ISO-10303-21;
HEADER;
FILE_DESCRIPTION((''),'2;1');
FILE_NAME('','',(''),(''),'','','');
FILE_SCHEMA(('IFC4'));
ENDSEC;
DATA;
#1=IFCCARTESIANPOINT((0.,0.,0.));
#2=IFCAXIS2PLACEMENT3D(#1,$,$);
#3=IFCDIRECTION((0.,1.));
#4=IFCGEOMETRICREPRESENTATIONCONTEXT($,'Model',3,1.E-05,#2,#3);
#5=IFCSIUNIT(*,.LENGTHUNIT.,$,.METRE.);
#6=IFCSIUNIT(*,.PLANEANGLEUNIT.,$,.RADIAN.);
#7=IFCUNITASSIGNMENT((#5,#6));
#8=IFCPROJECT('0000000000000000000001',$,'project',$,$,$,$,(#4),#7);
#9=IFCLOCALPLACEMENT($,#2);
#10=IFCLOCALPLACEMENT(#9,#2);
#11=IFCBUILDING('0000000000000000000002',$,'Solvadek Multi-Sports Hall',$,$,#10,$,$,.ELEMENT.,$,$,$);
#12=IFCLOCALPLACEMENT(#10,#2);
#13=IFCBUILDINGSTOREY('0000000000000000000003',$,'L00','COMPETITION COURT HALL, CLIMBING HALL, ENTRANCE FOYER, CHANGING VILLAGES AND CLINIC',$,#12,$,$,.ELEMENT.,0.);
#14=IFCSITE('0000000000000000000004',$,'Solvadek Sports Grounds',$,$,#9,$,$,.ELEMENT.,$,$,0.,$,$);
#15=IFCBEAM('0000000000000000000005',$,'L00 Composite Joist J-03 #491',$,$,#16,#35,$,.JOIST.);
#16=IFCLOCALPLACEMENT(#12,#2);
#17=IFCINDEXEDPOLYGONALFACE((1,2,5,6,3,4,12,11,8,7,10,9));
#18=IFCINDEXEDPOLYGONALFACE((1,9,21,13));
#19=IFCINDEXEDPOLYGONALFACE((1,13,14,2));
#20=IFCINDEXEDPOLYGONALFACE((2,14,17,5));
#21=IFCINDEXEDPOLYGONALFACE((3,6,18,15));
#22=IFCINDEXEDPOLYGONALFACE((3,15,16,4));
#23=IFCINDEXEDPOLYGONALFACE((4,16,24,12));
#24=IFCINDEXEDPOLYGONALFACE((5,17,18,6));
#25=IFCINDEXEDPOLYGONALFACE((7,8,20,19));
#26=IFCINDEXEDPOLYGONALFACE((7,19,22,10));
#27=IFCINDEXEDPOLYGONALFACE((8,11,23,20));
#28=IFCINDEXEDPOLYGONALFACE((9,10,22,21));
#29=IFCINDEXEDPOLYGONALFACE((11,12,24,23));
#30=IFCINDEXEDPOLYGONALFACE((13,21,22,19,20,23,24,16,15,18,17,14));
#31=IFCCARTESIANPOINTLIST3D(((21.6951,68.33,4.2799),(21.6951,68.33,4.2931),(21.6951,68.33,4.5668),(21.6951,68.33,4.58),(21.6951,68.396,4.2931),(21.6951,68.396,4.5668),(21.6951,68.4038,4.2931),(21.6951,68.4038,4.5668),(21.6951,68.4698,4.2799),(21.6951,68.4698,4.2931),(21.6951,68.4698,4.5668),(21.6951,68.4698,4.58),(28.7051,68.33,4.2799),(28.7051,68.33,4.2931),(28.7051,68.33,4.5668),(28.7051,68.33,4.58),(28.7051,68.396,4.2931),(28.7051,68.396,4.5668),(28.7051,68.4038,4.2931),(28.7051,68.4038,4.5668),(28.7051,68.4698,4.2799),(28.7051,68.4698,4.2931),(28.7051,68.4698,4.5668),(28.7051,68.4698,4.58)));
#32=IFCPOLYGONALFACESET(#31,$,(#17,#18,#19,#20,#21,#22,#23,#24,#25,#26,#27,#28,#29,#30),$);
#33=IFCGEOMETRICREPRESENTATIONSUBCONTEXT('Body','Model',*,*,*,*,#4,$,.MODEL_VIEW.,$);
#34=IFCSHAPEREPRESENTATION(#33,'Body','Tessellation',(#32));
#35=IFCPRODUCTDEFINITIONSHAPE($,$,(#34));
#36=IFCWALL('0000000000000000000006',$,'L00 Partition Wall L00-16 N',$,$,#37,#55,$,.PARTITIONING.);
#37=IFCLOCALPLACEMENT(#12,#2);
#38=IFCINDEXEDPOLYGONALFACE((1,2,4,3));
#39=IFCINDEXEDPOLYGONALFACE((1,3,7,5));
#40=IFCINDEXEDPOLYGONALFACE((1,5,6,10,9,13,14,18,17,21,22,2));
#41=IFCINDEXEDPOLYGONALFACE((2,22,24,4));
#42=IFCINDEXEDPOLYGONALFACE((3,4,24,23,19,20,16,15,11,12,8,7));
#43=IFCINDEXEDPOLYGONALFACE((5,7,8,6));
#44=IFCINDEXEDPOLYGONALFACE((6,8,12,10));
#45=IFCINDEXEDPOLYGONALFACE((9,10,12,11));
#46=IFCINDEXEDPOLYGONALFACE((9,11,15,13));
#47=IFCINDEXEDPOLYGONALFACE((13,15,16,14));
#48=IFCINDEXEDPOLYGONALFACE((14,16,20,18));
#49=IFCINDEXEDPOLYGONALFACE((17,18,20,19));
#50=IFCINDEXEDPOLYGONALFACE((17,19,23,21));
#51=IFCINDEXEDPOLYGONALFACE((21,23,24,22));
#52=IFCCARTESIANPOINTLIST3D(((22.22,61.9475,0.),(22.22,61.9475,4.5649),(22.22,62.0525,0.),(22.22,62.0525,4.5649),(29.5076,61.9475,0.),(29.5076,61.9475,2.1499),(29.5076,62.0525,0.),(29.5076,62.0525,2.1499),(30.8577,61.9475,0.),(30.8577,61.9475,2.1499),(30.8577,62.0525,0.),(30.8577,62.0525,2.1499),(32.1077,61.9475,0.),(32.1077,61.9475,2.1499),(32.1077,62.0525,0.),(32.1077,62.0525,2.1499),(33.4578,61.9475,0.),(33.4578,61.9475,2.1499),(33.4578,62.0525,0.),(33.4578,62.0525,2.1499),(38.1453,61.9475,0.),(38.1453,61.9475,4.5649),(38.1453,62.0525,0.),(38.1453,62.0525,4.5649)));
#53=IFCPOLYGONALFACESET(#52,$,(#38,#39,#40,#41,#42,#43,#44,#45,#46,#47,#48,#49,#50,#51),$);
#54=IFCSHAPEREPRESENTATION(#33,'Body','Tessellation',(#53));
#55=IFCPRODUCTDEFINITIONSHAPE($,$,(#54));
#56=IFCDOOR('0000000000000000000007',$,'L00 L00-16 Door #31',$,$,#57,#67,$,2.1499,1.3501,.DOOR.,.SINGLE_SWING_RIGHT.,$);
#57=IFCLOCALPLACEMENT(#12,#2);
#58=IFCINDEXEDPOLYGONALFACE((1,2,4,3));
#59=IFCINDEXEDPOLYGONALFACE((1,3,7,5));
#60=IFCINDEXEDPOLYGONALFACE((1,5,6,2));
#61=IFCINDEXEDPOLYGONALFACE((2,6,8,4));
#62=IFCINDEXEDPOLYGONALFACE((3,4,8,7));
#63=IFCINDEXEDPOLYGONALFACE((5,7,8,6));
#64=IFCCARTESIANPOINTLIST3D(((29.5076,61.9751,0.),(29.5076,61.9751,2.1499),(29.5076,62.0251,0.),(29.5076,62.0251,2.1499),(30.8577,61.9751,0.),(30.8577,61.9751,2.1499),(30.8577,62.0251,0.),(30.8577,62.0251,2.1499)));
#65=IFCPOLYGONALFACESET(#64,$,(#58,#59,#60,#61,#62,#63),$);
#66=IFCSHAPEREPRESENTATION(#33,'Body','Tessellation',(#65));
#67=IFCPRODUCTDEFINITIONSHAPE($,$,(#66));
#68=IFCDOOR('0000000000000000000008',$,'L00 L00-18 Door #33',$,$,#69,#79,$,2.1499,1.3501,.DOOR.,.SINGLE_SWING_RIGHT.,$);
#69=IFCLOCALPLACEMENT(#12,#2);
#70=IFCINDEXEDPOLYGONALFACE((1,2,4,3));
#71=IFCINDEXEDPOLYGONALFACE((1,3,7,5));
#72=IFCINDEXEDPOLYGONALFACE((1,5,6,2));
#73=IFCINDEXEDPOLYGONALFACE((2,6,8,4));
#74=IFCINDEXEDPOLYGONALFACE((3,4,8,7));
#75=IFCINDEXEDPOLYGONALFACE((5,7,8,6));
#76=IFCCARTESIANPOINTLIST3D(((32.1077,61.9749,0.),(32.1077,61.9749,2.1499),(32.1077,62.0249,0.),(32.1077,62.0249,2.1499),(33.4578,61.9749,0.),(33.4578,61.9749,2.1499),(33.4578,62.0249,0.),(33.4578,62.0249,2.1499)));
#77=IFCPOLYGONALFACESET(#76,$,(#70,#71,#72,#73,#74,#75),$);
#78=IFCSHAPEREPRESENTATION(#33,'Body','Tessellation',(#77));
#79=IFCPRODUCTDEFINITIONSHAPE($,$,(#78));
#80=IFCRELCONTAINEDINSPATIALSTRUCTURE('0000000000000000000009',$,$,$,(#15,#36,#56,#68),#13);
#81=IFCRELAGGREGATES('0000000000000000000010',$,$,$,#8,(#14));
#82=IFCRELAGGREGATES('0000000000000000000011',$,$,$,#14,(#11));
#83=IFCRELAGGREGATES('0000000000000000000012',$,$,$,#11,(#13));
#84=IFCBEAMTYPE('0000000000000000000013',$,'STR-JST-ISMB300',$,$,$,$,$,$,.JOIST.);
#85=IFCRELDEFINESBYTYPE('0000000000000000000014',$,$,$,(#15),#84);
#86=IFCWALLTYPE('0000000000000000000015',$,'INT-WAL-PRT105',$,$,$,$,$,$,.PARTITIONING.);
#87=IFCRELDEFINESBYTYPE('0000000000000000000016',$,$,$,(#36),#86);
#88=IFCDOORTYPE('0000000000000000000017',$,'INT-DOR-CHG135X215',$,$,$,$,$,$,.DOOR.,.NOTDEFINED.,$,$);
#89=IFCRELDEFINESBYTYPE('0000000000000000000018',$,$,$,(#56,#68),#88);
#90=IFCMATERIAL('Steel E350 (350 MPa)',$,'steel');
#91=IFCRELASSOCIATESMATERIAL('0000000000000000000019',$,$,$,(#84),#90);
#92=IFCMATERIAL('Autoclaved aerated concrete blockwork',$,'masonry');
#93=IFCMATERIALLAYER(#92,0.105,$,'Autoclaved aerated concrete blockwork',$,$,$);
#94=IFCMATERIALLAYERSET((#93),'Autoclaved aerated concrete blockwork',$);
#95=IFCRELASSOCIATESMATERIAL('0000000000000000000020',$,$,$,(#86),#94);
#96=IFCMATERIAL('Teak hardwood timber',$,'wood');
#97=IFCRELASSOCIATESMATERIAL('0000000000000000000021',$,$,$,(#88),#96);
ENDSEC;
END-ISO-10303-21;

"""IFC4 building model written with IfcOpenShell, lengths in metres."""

from ifc_helpers import new_model, si_unit, direction, frame, frame_2d, origin, origin_2d, place, context, subcontext, project, spatial, rectangle, i_section, extrude, material, layer, layer_set, material_profile, profile_set, type_object, element, fill, save


model = new_model("IFC4")

# Units and contexts
model_context = context("Model", 3, precision=1e-05, world=origin(), true_north=direction((0.0, 1.0)))
body_context = subcontext(model_context, "Body", "Model", "MODEL_VIEW")
ifc_project = project(units=[si_unit("LENGTHUNIT", "METRE"), si_unit("PLANEANGLEUNIT", "RADIAN")], contexts=[model_context])

# Site, building, storey
site_placement = place(None, origin())
site = spatial("IfcSite", under=ifc_project, at=site_placement, Name="Solvadek Sports Grounds", CompositionType="ELEMENT", RefElevation=0.0)
building_placement = place(site_placement, origin())
building = spatial("IfcBuilding", under=site, at=building_placement, Name="Solvadek Multi-Sports Hall", CompositionType="ELEMENT")
storey_placement = place(building_placement, origin())
storey = spatial("IfcBuildingStorey", under=building, at=storey_placement, Name="L00", Description="COMPETITION COURT HALL, CLIMBING HALL, ENTRANCE FOYER, CHANGING VILLAGES AND CLINIC", CompositionType="ELEMENT", Elevation=0.0)

# Shared definitions
ifc_material_1 = material(Name="Steel E350 (350 MPa)", Category="steel")

# Beam
ifc_material_profile_1 = material_profile(ifc_material_1, i_section(OverallWidth=0.1399, OverallDepth=0.3, WebThickness=0.0078, FlangeThickness=0.0132, at=origin_2d()), Name="ISMB 300")
ifc_profile_set_1 = profile_set([ifc_material_profile_1], Name="Steel E350 (350 MPa)")
beam_type_1 = type_object("IfcBeamType", Name="STR-JST-ISMB300", PredefinedType="JOIST", material=ifc_profile_set_1)
for number, where, z_axis, x_axis, name in (
    (1, (21.6951, 68.3999, 4.4299), (1.0, 0.0, 0.0), (0.0, 1.0, 0.0), "L00 Composite Joist J-03 #491"),
):
    element("IfcBeam", number, at=place(storey_placement, frame(where, z_axis=z_axis, x_axis=x_axis)), inside=storey, type_object=beam_type_1, Name=name, PredefinedType="JOIST", context=body_context, shape_type="SweptSolid", body=[
        extrude(i_section(OverallWidth=0.1399, OverallDepth=0.3, WebThickness=0.0078, FlangeThickness=0.0132, at=origin_2d()), origin(), (0.0, 0.0, 1.0), 7.01),
    ])

# Wall, openings, doors
ifc_material_2 = material(Name="Autoclaved aerated concrete blockwork", Category="masonry")
ifc_layer = layer(ifc_material_2, 0.105, Name="Autoclaved aerated concrete blockwork")
ifc_layer_set = layer_set([ifc_layer], Name="Autoclaved aerated concrete blockwork")
wall_type = type_object("IfcWallType", Name="INT-WAL-PRT105", PredefinedType="PARTITIONING", material=ifc_layer_set)
wall_placement = place(storey_placement, frame((22.22, 62.0, 0.0), z_axis=(0.0, 0.0, 1.0), x_axis=(1.0, 0.0, 0.0)))
wall = element("IfcWall", 2, at=wall_placement, inside=storey, type_object=wall_type, Name="L00 Partition Wall L00-16 N", PredefinedType="PARTITIONING", context=body_context, shape_type="SweptSolid", body=[
    extrude(rectangle(XDim=15.9253, YDim=0.105, at=frame_2d((7.9626, 0.0))), origin(), (0.0, 0.0, 1.0), 4.5649),
])
opening_1_placement = place(wall_placement, frame((7.2876, 0.0, 0.0)))
opening_1 = element("IfcOpeningElement", 3, at=opening_1_placement, cuts=wall, PredefinedType="OPENING", context=body_context, shape_type="SweptSolid", body=[
    extrude(rectangle(XDim=1.3501, YDim=2.1499, at=frame_2d((0.675, 1.075))), frame((0.0, 0.0625, 0.0), z_axis=(0.0, -1.0, 0.0), x_axis=(1.0, 0.0, 0.0)), (0.0, 0.0, 1.0), 0.125),
])
opening_2_placement = place(wall_placement, frame((9.8877, 0.0, 0.0)))
opening_2 = element("IfcOpeningElement", 4, at=opening_2_placement, cuts=wall, PredefinedType="OPENING", context=body_context, shape_type="SweptSolid", body=[
    extrude(rectangle(XDim=1.3501, YDim=2.1499, at=frame_2d((0.675, 1.075))), frame((0.0, 0.0625, 0.0), z_axis=(0.0, -1.0, 0.0), x_axis=(1.0, 0.0, 0.0)), (0.0, 0.0, 1.0), 0.125),
])
ifc_material_3 = material(Name="Teak hardwood timber", Category="wood")
door_type = type_object("IfcDoorType", Name="INT-DOR-CHG135X215", OperationType="NOTDEFINED", PredefinedType="DOOR", material=ifc_material_3)
door_1_placement = place(opening_1_placement, frame((1.3501, 0.0, 0.0), z_axis=(0.0, 0.0, 1.0), x_axis=(-1.0, 0.0, 0.0)))
door_1 = element("IfcDoor", 5, at=door_1_placement, inside=storey, type_object=door_type, Name="L00 L00-16 Door #31", OperationType="SINGLE_SWING_RIGHT", OverallHeight=2.1499, OverallWidth=1.3501, PredefinedType="DOOR", context=body_context, shape_type="SweptSolid", body=[
    extrude(rectangle(XDim=1.3501, YDim=2.1499, at=frame_2d((0.675, 1.075))), frame((0.0, 0.0249, 0.0), z_axis=(0.0, -1.0, 0.0), x_axis=(1.0, 0.0, 0.0)), (0.0, 0.0, 1.0), 0.05),
])
fill(opening_1, door_1)
door_2_placement = place(opening_2_placement, origin())
door_2 = element("IfcDoor", 6, at=door_2_placement, inside=storey, type_object=door_type, Name="L00 L00-18 Door #33", OperationType="SINGLE_SWING_RIGHT", OverallHeight=2.1499, OverallWidth=1.3501, PredefinedType="DOOR", context=body_context, shape_type="SweptSolid", body=[
    extrude(rectangle(XDim=1.3501, YDim=2.1499, at=frame_2d((0.675, 1.075))), frame((0.0, 0.0249, 0.0), z_axis=(0.0, -1.0, 0.0), x_axis=(1.0, 0.0, 0.0)), (0.0, 0.0, 1.0), 0.05),
])
fill(opening_2, door_2)

save(model, "model.ifc")
